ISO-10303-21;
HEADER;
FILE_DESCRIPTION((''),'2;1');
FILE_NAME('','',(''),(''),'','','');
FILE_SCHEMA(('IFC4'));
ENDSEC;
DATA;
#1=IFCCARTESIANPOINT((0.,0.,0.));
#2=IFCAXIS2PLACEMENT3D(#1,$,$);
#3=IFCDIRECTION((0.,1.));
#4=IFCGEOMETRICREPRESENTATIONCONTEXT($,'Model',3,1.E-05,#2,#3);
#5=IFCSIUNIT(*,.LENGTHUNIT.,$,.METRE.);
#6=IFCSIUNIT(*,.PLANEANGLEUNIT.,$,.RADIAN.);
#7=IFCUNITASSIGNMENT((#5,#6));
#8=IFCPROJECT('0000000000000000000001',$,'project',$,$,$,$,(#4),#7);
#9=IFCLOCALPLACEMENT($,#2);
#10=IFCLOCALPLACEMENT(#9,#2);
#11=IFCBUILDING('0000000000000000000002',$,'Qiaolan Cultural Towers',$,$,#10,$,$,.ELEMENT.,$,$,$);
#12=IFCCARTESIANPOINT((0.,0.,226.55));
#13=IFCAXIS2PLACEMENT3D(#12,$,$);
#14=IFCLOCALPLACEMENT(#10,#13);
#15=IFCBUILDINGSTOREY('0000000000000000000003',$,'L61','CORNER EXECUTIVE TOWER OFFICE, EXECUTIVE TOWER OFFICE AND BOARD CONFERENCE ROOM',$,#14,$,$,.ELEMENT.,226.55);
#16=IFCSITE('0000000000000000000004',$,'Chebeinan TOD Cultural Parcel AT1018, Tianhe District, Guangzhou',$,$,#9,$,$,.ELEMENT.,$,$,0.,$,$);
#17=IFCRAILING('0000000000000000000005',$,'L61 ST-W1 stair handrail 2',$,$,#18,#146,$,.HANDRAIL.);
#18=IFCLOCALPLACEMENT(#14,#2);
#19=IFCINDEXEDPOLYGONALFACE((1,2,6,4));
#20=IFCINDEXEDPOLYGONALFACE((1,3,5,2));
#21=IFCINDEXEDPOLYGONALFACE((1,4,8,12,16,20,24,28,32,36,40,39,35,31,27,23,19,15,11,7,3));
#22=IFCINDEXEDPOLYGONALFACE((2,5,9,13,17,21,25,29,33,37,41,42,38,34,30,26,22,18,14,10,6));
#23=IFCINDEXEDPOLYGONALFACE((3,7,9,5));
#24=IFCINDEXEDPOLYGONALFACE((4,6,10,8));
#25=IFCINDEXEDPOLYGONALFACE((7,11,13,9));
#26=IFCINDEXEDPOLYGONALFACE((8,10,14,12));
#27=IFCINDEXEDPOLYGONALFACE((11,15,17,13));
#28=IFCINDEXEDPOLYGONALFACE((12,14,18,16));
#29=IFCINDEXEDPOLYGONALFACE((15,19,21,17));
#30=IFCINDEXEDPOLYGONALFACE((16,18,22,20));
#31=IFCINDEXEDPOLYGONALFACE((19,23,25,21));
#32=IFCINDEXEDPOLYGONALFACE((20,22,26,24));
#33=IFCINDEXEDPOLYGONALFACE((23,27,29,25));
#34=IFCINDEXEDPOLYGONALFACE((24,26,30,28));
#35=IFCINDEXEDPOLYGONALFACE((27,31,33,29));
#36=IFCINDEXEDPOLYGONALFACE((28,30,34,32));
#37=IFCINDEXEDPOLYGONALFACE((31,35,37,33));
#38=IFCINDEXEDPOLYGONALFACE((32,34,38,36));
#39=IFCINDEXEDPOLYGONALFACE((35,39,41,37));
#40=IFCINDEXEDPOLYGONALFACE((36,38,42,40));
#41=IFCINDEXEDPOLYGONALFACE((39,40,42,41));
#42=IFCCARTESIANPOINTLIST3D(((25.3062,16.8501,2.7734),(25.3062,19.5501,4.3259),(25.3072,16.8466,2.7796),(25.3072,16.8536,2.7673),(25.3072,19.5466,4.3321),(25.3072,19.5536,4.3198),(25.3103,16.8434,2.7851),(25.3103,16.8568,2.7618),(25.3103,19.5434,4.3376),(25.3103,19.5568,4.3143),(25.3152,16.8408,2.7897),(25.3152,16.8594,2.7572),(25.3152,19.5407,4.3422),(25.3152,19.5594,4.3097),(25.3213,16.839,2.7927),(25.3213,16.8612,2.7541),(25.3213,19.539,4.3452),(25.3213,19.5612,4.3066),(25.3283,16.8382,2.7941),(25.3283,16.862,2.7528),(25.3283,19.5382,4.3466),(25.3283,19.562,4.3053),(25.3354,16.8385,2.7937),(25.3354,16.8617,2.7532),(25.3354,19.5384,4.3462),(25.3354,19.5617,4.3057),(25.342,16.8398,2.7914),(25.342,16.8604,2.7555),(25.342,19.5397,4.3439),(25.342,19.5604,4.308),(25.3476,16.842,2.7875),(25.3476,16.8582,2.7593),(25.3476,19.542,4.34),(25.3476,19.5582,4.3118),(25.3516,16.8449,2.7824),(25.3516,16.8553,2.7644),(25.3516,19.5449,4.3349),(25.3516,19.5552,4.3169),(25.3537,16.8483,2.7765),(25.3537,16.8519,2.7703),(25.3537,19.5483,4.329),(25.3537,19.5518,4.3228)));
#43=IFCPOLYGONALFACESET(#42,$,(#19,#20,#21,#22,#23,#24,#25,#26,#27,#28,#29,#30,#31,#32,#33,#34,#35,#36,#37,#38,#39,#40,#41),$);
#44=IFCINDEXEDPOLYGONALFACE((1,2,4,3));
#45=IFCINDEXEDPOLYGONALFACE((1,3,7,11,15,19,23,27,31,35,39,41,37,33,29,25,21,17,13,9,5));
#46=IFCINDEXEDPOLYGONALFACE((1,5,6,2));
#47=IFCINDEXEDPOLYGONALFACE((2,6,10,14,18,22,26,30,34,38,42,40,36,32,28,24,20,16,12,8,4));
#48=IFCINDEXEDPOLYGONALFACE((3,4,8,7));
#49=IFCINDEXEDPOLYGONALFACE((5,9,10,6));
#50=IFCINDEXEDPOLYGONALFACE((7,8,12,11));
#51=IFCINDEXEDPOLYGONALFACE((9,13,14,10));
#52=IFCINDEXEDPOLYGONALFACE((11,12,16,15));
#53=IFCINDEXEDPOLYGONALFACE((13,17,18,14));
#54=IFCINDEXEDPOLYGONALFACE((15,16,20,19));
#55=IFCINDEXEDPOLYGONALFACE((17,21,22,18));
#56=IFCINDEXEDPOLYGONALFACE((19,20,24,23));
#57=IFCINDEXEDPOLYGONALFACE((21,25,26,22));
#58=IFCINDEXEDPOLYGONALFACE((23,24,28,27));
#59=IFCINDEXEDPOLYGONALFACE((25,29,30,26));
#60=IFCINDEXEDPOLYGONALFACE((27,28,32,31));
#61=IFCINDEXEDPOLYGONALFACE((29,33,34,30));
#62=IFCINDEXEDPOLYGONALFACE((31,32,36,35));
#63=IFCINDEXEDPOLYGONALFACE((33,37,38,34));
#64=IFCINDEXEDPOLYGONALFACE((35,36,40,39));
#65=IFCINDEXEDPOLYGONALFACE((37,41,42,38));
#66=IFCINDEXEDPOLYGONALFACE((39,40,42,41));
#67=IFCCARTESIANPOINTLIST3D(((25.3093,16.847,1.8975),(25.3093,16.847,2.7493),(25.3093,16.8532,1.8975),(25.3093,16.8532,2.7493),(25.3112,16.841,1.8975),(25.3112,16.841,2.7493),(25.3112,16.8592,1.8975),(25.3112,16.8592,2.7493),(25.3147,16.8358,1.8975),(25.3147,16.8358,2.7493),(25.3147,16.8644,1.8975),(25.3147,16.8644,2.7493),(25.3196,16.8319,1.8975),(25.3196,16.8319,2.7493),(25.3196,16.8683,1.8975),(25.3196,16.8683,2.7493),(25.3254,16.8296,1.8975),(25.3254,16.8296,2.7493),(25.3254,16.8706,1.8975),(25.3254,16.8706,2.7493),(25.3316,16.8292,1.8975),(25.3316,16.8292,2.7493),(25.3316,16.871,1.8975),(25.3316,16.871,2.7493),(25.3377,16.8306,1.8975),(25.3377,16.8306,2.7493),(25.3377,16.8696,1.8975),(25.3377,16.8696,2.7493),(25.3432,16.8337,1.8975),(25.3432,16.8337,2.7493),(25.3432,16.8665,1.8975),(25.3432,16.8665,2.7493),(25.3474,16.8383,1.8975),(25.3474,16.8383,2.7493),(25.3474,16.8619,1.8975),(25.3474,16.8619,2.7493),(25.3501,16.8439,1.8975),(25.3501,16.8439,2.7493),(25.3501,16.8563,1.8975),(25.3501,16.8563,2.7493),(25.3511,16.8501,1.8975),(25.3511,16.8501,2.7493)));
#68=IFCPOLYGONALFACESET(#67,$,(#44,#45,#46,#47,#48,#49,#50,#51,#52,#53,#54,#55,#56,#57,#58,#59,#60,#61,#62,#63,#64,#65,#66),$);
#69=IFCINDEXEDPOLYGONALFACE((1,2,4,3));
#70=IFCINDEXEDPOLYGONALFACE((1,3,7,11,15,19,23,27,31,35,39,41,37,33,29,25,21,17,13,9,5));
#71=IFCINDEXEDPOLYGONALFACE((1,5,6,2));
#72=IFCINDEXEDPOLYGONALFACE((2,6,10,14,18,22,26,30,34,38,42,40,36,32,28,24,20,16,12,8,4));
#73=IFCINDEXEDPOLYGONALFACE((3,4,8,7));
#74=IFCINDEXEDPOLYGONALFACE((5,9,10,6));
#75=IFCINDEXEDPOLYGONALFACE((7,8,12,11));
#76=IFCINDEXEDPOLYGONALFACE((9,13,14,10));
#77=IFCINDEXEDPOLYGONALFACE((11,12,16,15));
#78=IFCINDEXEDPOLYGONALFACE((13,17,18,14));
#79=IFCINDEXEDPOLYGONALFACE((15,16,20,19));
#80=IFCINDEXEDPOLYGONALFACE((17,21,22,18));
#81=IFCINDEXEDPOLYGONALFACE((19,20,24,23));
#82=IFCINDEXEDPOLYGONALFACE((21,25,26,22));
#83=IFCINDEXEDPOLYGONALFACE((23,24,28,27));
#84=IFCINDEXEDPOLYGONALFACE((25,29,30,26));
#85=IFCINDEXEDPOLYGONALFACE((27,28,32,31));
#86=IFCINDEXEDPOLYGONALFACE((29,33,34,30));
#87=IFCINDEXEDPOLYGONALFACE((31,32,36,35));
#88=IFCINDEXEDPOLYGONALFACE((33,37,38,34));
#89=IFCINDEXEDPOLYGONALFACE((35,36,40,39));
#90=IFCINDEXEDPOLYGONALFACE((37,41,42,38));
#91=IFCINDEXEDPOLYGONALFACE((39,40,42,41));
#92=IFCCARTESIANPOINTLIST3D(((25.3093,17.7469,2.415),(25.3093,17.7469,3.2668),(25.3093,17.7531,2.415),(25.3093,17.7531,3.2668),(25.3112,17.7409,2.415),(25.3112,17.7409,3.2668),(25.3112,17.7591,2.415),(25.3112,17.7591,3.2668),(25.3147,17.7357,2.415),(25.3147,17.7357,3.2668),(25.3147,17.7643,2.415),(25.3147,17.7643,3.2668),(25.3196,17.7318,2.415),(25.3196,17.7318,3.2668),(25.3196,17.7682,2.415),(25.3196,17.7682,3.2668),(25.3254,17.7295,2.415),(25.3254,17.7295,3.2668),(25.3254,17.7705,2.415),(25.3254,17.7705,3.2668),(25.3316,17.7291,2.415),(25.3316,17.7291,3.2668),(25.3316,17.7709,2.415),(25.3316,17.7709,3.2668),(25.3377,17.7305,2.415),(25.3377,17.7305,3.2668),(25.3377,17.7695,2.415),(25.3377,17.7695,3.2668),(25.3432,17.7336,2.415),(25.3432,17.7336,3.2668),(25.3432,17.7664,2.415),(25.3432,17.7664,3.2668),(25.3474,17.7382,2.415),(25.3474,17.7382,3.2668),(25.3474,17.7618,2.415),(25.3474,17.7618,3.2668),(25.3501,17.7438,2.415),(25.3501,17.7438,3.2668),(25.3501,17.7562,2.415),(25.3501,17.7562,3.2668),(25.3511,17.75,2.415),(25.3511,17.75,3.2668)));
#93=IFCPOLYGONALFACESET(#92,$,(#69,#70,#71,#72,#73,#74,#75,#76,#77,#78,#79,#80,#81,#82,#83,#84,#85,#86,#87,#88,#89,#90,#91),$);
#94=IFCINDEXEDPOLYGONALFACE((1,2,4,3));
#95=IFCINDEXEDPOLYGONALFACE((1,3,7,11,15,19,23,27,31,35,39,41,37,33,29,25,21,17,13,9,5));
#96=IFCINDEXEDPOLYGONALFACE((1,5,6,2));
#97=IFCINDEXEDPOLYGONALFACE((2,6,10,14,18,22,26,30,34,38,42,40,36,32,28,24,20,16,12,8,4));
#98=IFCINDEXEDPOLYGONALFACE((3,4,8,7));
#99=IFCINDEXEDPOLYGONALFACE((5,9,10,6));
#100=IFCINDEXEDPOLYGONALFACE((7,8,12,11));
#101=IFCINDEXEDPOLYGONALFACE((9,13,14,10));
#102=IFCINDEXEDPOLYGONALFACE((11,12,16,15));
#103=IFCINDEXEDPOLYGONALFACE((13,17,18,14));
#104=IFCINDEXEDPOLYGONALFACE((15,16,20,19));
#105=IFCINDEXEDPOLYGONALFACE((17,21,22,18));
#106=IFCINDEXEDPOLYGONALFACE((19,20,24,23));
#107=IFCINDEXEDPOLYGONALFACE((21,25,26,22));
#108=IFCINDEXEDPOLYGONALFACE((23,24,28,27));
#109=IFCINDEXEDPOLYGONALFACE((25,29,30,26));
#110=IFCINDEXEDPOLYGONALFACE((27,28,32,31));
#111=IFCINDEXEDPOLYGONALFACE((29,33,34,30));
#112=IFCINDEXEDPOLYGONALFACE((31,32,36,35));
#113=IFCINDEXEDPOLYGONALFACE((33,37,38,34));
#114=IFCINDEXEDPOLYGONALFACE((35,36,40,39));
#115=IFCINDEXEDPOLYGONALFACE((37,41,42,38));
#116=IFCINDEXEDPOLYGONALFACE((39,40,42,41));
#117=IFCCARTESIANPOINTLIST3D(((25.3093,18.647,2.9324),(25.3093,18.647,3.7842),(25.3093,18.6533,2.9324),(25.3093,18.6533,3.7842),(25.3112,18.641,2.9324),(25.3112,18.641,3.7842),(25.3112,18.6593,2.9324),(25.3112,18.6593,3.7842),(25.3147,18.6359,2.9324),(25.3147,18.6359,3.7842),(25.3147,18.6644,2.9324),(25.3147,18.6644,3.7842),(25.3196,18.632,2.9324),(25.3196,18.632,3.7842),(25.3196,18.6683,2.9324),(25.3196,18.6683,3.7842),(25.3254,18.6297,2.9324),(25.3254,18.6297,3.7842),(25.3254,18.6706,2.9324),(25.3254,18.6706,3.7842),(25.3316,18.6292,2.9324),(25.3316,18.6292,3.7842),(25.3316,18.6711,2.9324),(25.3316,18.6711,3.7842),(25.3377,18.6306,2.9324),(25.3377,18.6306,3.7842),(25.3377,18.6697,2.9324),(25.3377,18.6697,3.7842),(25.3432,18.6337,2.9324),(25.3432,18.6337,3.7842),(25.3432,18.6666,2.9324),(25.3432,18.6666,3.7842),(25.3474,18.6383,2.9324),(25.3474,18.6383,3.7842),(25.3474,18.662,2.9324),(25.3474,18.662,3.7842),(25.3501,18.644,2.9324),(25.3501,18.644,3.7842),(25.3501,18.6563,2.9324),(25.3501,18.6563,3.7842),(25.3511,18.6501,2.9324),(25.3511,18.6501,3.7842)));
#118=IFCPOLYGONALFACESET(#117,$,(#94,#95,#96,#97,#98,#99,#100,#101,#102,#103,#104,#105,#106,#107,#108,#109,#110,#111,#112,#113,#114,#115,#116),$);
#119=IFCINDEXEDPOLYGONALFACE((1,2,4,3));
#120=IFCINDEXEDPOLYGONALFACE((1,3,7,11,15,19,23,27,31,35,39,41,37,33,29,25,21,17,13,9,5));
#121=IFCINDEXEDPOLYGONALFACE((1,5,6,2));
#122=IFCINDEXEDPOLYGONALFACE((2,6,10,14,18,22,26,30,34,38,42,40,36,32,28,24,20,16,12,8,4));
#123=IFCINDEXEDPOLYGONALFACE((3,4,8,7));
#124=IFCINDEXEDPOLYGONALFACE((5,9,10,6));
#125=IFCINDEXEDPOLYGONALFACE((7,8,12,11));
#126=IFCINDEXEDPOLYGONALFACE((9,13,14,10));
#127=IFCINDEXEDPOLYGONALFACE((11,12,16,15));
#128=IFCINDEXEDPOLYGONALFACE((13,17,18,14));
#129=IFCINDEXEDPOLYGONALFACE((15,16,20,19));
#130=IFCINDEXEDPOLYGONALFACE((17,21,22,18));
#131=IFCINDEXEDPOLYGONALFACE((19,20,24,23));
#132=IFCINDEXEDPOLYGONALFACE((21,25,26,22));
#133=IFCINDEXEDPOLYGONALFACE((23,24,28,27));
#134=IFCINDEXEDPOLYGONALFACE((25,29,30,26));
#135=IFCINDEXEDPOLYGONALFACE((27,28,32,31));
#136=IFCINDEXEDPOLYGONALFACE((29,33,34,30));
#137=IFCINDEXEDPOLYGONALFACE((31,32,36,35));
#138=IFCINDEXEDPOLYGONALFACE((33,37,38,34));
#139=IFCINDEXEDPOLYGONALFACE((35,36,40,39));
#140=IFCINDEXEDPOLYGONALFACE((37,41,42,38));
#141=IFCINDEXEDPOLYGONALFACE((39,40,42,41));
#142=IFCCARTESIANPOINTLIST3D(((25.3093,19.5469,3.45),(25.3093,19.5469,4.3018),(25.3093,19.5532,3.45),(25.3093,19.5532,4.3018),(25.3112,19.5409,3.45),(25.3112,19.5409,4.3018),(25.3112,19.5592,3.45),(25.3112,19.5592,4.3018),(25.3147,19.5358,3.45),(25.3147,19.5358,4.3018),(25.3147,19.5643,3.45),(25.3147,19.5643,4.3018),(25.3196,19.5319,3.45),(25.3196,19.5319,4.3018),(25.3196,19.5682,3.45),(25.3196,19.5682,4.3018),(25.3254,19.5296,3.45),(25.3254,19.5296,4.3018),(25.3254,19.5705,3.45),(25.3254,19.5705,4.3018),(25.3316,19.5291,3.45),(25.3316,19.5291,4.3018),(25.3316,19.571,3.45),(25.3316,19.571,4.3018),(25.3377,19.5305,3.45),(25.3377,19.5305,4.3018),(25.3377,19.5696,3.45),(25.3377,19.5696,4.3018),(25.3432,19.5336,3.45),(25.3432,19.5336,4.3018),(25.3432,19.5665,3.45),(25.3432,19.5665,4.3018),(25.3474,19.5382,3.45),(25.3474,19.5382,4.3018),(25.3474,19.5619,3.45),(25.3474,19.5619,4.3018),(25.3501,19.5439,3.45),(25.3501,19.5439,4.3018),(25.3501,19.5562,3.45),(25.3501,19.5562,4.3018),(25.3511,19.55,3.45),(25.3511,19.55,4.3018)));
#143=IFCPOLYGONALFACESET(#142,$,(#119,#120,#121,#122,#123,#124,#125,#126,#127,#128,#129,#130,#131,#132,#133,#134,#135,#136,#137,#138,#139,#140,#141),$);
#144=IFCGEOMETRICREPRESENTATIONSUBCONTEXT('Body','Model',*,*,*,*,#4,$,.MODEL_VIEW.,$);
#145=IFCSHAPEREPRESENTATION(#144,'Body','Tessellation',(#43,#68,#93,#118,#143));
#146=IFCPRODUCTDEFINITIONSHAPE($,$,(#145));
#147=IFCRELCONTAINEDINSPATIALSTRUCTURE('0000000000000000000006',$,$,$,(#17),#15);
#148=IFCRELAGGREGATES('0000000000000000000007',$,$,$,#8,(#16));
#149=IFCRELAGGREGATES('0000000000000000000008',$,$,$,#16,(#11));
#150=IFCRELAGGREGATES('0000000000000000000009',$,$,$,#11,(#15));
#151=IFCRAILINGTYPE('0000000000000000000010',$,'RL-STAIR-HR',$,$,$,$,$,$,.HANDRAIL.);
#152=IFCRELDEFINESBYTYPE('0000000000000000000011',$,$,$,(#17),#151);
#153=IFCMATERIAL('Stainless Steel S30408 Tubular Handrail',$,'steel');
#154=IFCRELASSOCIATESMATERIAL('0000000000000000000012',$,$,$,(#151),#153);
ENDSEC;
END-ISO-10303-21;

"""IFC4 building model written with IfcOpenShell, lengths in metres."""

from ifc_helpers import new_model, si_unit, direction, frame, origin, origin_2d, place, context, subcontext, project, spatial, circle, extrude, material, type_object, element, save


model = new_model("IFC4")

# Units and contexts
model_context = context("Model", 3, precision=1e-05, world=origin(), true_north=direction((0.0, 1.0)))
body_context = subcontext(model_context, "Body", "Model", "MODEL_VIEW")
ifc_project = project(units=[si_unit("LENGTHUNIT", "METRE"), si_unit("PLANEANGLEUNIT", "RADIAN")], contexts=[model_context])

# Site, building, storey
site_placement = place(None, origin())
site = spatial("IfcSite", under=ifc_project, at=site_placement, Name="Chebeinan TOD Cultural Parcel AT1018, Tianhe District, Guangzhou", CompositionType="ELEMENT", RefElevation=0.0)
building_placement = place(site_placement, origin())
building = spatial("IfcBuilding", under=site, at=building_placement, Name="Qiaolan Cultural Towers", CompositionType="ELEMENT")
storey_placement = place(building_placement, frame((0.0, 0.0, 226.55)))
storey = spatial("IfcBuildingStorey", under=building, at=storey_placement, Name="L61", Description="CORNER EXECUTIVE TOWER OFFICE, EXECUTIVE TOWER OFFICE AND BOARD CONFERENCE ROOM", CompositionType="ELEMENT", Elevation=226.55)

# Railing
ifc_material_1 = material(Name="Stainless Steel S30408 Tubular Handrail", Category="steel")
railing_type_1 = type_object("IfcRailingType", Name="RL-STAIR-HR", PredefinedType="HANDRAIL", material=ifc_material_1)
railing_1_placement = place(storey_placement, frame((25.3301, 16.8501, 1.8975)))
element("IfcRailing", 1, at=railing_1_placement, inside=storey, type_object=railing_type_1, Name="L61 ST-W1 stair handrail 2", PredefinedType="HANDRAIL", context=body_context, shape_type="SweptSolid", body=[
    extrude(circle(Radius=0.0239, at=origin_2d()), frame((0.0, 0.0, 0.876), z_axis=(0.0, 0.866904, 0.498476), x_axis=(-1.0, 0.0, 0.0)), (0.0, 0.0, 1.0), 3.1145),
    extrude(circle(Radius=0.021, at=origin_2d()), origin(), (0.0, 0.0, 1.0), 0.8518),
    extrude(circle(Radius=0.021, at=origin_2d()), frame((0.0, 0.8999, 0.5176)), (0.0, 0.0, 1.0), 0.8518),
    extrude(circle(Radius=0.021, at=origin_2d()), frame((0.0, 1.8, 1.0349)), (0.0, 0.0, 1.0), 0.8518),
    extrude(circle(Radius=0.021, at=origin_2d()), frame((0.0, 2.7, 1.5525)), (0.0, 0.0, 1.0), 0.8518),
])

save(model, "model.ifc")
